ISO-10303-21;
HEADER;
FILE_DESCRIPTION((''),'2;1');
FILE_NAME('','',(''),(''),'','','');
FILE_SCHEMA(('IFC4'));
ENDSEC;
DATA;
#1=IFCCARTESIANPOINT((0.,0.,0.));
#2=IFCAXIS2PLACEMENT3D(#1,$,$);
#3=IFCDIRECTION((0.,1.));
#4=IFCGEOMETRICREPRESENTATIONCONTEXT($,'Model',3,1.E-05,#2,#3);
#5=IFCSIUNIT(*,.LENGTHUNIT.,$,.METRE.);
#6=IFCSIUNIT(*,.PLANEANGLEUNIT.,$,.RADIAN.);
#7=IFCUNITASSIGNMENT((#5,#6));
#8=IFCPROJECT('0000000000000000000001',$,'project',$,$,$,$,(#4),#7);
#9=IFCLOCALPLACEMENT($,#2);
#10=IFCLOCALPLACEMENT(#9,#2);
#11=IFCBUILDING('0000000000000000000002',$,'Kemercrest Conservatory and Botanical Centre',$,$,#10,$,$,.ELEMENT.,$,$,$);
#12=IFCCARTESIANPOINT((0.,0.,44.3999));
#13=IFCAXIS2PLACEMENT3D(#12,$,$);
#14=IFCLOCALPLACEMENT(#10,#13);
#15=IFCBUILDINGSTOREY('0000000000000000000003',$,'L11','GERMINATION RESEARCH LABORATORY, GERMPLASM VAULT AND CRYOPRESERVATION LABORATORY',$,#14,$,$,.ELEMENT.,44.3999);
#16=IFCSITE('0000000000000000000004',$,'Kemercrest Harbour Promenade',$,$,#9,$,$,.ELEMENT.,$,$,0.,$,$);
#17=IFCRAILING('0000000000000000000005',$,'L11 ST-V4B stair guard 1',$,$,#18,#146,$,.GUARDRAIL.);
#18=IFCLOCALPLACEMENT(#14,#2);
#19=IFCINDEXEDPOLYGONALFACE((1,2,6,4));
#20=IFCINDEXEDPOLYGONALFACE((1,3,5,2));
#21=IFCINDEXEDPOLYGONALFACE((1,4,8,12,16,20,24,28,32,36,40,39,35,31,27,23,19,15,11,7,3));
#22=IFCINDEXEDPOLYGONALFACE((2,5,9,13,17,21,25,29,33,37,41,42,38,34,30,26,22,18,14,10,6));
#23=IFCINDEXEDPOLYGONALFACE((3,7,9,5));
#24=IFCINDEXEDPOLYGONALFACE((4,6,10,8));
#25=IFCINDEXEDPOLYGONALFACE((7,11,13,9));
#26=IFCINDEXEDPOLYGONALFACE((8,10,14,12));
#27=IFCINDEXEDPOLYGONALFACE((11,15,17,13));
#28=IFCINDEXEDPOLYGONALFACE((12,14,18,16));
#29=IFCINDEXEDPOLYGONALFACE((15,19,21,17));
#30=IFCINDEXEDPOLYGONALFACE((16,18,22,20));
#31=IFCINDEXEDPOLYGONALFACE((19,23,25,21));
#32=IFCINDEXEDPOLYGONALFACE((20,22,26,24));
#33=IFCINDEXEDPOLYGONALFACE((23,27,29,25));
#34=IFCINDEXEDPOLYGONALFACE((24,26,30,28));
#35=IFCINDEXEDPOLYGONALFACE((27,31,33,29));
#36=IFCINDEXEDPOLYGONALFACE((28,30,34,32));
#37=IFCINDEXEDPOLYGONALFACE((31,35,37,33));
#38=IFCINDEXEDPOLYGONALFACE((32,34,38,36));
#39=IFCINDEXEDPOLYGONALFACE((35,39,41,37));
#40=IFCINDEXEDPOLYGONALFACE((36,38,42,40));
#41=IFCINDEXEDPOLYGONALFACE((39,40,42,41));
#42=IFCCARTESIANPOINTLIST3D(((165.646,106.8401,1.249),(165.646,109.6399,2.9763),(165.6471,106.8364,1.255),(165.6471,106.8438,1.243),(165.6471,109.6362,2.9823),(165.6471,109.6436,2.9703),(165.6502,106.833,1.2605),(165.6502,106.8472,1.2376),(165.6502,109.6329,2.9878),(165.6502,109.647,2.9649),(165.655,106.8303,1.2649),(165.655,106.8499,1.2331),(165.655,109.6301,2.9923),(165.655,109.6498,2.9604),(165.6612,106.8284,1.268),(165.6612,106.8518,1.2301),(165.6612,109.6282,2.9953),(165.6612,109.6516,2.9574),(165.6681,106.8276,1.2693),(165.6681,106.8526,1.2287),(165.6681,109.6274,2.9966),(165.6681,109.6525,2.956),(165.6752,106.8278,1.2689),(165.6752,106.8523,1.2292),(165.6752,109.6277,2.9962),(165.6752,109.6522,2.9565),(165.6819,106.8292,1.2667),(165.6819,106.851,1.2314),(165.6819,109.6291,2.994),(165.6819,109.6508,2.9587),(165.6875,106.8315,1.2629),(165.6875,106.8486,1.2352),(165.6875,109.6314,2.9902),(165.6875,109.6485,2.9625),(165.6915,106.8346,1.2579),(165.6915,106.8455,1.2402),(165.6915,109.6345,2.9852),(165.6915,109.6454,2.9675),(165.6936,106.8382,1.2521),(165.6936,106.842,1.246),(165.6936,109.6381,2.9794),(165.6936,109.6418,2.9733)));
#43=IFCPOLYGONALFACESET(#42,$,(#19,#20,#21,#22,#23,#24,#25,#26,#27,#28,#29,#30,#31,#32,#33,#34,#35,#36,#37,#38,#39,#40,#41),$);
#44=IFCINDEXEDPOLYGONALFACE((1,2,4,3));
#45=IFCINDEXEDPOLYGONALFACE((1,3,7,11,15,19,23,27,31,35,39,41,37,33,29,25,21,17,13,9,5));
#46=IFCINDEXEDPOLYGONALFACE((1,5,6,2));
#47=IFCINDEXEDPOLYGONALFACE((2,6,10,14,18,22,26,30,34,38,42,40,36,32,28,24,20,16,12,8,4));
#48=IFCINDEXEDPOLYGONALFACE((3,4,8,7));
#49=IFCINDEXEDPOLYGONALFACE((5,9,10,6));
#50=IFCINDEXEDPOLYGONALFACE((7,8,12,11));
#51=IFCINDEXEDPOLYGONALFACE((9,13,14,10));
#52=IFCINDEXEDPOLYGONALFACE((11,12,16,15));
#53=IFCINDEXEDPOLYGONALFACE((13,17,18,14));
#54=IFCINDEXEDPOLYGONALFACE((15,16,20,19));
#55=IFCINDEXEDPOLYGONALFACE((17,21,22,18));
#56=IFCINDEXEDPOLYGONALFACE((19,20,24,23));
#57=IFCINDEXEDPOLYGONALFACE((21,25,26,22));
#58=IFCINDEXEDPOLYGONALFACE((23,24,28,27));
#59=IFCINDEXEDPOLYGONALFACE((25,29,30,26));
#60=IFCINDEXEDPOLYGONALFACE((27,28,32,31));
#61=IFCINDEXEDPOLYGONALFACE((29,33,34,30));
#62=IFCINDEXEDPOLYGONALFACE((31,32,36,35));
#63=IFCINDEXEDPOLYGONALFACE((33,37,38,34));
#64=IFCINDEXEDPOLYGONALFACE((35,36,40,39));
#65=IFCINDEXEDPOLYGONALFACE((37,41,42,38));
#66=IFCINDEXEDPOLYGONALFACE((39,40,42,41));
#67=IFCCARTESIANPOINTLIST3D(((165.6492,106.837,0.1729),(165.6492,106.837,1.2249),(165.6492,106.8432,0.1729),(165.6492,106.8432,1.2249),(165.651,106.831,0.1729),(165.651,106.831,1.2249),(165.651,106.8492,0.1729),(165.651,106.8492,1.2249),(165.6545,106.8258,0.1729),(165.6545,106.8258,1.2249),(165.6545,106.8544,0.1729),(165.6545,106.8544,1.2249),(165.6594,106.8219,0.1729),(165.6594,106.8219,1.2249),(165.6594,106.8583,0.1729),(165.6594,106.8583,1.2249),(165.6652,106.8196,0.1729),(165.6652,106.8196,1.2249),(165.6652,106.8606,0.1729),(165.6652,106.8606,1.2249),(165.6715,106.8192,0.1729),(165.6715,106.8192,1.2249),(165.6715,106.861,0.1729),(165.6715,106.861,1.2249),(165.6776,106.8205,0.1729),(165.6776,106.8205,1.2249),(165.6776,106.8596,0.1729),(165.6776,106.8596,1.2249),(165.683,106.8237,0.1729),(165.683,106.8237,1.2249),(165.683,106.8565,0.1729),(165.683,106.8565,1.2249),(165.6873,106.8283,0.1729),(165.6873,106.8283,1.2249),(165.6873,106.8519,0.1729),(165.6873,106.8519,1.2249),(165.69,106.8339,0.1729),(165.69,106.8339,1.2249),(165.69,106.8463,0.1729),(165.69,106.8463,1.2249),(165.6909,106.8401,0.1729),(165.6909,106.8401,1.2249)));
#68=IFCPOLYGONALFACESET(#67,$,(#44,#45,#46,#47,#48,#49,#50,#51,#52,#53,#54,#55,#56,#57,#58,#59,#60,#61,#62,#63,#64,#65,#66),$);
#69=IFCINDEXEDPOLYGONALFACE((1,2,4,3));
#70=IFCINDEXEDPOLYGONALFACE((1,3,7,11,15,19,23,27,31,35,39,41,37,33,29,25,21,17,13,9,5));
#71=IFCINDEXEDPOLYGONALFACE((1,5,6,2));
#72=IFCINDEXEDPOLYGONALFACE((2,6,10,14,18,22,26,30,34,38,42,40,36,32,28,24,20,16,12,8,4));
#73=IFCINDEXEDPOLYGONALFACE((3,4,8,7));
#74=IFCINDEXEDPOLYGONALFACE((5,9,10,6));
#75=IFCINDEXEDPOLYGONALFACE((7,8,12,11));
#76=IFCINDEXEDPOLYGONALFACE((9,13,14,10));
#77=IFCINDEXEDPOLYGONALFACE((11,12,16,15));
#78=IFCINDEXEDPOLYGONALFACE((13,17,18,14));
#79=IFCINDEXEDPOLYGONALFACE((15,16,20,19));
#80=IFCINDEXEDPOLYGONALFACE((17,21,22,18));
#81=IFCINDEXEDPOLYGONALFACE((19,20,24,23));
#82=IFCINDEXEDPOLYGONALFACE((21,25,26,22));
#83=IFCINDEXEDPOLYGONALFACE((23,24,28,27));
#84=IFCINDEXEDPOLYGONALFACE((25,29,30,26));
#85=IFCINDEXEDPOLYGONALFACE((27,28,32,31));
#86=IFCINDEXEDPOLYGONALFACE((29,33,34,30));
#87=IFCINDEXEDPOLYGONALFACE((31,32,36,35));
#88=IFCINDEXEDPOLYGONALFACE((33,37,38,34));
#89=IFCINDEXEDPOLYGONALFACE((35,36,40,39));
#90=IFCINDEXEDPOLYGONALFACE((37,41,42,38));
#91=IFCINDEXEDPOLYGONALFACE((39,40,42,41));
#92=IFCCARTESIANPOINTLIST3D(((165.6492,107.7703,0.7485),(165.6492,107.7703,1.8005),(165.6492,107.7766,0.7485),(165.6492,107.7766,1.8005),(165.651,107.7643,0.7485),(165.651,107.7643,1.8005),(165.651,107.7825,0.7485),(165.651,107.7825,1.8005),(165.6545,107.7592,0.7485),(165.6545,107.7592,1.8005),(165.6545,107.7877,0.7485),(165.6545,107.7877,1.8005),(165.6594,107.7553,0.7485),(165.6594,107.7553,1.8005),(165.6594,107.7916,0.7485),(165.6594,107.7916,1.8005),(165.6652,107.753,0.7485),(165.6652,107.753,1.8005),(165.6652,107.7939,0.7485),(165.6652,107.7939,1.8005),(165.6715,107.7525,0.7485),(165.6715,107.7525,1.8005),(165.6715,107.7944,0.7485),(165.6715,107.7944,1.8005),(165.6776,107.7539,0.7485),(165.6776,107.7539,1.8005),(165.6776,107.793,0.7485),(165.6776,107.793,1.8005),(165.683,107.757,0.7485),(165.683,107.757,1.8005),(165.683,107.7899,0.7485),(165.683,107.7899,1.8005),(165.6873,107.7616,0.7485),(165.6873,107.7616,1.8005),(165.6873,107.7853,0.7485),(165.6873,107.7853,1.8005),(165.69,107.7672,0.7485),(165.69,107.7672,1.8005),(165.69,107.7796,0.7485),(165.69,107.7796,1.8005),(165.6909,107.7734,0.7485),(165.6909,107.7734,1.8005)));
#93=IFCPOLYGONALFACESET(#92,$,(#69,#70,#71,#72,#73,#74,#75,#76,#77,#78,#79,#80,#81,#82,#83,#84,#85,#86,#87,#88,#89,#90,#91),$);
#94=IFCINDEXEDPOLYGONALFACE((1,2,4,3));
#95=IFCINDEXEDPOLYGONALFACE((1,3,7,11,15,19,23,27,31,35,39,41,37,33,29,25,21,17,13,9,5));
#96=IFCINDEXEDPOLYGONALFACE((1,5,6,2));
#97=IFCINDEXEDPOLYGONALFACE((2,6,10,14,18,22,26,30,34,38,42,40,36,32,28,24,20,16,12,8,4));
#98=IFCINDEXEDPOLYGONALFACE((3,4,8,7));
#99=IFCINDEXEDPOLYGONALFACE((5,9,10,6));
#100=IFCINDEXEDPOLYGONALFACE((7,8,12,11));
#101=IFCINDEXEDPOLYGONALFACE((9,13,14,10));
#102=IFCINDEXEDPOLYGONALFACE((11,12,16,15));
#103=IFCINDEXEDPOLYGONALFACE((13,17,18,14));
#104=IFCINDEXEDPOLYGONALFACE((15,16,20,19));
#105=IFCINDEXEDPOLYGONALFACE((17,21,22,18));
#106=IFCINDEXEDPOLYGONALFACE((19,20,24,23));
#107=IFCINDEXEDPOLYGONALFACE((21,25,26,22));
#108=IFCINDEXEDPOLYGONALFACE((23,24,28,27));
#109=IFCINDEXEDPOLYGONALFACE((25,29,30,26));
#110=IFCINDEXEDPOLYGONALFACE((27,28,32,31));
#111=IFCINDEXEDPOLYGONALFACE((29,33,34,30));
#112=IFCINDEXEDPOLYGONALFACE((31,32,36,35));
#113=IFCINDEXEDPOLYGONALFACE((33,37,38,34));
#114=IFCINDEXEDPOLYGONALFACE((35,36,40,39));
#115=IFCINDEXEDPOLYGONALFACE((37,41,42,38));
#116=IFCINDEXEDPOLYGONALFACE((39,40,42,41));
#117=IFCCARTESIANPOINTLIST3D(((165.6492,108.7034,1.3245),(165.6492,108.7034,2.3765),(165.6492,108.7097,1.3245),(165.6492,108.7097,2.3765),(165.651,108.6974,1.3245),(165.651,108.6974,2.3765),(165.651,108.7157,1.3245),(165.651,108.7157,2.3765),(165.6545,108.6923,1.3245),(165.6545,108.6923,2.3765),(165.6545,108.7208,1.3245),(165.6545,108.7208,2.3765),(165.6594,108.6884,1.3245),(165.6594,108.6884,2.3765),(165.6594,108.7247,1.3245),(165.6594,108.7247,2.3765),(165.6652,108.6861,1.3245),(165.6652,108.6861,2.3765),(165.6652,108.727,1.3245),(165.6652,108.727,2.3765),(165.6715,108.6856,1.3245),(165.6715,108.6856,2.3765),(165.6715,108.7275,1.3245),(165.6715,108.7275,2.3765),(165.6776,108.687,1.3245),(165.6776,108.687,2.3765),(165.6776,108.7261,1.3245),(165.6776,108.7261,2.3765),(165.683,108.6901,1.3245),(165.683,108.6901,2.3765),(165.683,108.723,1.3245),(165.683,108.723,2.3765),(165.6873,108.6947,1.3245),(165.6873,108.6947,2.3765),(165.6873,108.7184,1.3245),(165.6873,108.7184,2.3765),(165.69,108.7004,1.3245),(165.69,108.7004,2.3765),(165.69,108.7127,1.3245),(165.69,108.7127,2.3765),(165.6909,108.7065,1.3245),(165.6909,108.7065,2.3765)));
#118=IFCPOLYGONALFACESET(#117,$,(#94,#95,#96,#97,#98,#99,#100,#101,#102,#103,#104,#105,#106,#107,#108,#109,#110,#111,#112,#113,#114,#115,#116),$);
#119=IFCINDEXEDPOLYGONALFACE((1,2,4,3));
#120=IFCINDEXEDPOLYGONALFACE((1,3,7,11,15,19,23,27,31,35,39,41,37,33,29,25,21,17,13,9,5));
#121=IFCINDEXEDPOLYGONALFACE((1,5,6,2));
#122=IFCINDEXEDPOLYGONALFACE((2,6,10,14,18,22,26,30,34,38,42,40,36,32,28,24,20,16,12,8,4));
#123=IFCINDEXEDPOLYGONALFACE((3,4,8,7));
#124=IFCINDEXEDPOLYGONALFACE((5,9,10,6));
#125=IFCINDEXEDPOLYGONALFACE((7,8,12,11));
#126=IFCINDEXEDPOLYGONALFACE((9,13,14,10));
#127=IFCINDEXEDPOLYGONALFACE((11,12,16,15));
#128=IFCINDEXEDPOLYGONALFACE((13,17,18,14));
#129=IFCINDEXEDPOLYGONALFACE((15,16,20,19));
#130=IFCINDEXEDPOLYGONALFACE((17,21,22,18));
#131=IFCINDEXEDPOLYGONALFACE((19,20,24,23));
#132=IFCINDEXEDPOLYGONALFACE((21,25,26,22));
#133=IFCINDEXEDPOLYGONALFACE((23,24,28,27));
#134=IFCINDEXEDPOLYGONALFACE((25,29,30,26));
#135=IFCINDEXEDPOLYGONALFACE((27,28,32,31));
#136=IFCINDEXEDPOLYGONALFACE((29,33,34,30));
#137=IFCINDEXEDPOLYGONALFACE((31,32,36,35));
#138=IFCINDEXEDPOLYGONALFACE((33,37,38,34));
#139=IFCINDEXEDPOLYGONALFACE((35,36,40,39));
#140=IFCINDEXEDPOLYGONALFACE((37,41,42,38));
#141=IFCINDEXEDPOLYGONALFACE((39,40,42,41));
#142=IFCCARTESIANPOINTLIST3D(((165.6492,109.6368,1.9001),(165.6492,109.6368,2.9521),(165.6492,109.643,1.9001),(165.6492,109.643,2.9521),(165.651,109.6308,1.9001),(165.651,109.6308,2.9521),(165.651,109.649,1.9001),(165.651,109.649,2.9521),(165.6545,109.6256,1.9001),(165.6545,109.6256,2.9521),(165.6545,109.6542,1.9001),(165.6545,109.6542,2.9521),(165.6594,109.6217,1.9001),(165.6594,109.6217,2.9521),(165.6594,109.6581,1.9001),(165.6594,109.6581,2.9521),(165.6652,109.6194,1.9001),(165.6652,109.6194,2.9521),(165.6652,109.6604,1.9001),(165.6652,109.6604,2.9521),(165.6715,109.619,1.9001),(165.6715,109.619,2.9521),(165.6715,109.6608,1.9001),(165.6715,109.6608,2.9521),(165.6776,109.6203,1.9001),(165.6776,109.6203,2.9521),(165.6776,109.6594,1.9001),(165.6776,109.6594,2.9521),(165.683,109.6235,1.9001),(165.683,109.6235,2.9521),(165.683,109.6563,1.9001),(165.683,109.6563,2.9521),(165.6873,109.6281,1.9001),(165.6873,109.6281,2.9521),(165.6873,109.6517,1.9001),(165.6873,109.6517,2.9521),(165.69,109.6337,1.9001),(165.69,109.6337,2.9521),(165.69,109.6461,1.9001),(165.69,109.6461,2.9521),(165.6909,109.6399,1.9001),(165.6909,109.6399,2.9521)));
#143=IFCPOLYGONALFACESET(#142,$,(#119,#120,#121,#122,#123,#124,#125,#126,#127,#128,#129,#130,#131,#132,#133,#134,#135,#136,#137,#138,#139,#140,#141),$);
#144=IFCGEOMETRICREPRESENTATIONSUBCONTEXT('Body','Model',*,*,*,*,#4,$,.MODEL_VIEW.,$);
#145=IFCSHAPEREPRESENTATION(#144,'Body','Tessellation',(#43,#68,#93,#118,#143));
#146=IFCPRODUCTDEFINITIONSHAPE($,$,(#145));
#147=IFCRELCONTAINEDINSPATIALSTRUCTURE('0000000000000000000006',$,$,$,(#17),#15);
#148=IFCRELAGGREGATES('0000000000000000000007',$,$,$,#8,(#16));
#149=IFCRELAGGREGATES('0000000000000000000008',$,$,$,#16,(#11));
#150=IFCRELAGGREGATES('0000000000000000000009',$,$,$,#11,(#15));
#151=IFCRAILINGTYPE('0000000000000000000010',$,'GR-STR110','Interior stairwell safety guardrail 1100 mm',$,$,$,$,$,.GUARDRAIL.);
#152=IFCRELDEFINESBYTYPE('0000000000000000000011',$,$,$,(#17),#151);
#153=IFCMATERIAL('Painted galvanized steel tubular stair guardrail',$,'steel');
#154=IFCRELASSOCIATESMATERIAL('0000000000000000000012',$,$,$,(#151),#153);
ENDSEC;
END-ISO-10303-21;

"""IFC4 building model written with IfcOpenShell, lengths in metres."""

from ifc_helpers import new_model, si_unit, direction, frame, origin, origin_2d, place, context, subcontext, project, spatial, circle, extrude, material, type_object, element, save


model = new_model("IFC4")

# Units and contexts
model_context = context("Model", 3, precision=1e-05, world=origin(), true_north=direction((0.0, 1.0)))
body_context = subcontext(model_context, "Body", "Model", "MODEL_VIEW")
ifc_project = project(units=[si_unit("LENGTHUNIT", "METRE"), si_unit("PLANEANGLEUNIT", "RADIAN")], contexts=[model_context])

# Site, building, storey
site_placement = place(None, origin())
site = spatial("IfcSite", under=ifc_project, at=site_placement, Name="Kemercrest Harbour Promenade", CompositionType="ELEMENT", RefElevation=0.0)
building_placement = place(site_placement, origin())
building = spatial("IfcBuilding", under=site, at=building_placement, Name="Kemercrest Conservatory and Botanical Centre", CompositionType="ELEMENT")
storey_placement = place(building_placement, frame((0.0, 0.0, 44.3999)))
storey = spatial("IfcBuildingStorey", under=building, at=storey_placement, Name="L11", Description="GERMINATION RESEARCH LABORATORY, GERMPLASM VAULT AND CRYOPRESERVATION LABORATORY", CompositionType="ELEMENT", Elevation=44.3999)

# Railing
ifc_material_1 = material(Name="Painted galvanized steel tubular stair guardrail", Category="steel")
railing_type_1 = type_object("IfcRailingType", Name="GR-STR110", Description="Interior stairwell safety guardrail 1100 mm", PredefinedType="GUARDRAIL", material=ifc_material_1)
railing_1_placement = place(storey_placement, frame((165.6699, 106.8401, 0.1729)))
element("IfcRailing", 1, at=railing_1_placement, inside=storey, type_object=railing_type_1, Name="L11 ST-V4B stair guard 1", PredefinedType="GUARDRAIL", context=body_context, shape_type="SweptSolid", body=[
    extrude(circle(Radius=0.0239, at=origin_2d()), frame((0.0, 0.0, 1.0762), z_axis=(0.0, 0.851069, 0.525054), x_axis=(-1.0, 0.0, 0.0)), (0.0, 0.0, 1.0), 3.2898),
    extrude(circle(Radius=0.021, at=origin_2d()), origin(), (0.0, 0.0, 1.0), 1.052),
    extrude(circle(Radius=0.021, at=origin_2d()), frame((0.0, 0.9333, 0.5757)), (0.0, 0.0, 1.0), 1.052),
    extrude(circle(Radius=0.021, at=origin_2d()), frame((0.0, 1.8665, 1.1516)), (0.0, 0.0, 1.0), 1.052),
    extrude(circle(Radius=0.021, at=origin_2d()), frame((0.0, 2.7998, 1.7273)), (0.0, 0.0, 1.0), 1.052),
])

save(model, "model.ifc")
